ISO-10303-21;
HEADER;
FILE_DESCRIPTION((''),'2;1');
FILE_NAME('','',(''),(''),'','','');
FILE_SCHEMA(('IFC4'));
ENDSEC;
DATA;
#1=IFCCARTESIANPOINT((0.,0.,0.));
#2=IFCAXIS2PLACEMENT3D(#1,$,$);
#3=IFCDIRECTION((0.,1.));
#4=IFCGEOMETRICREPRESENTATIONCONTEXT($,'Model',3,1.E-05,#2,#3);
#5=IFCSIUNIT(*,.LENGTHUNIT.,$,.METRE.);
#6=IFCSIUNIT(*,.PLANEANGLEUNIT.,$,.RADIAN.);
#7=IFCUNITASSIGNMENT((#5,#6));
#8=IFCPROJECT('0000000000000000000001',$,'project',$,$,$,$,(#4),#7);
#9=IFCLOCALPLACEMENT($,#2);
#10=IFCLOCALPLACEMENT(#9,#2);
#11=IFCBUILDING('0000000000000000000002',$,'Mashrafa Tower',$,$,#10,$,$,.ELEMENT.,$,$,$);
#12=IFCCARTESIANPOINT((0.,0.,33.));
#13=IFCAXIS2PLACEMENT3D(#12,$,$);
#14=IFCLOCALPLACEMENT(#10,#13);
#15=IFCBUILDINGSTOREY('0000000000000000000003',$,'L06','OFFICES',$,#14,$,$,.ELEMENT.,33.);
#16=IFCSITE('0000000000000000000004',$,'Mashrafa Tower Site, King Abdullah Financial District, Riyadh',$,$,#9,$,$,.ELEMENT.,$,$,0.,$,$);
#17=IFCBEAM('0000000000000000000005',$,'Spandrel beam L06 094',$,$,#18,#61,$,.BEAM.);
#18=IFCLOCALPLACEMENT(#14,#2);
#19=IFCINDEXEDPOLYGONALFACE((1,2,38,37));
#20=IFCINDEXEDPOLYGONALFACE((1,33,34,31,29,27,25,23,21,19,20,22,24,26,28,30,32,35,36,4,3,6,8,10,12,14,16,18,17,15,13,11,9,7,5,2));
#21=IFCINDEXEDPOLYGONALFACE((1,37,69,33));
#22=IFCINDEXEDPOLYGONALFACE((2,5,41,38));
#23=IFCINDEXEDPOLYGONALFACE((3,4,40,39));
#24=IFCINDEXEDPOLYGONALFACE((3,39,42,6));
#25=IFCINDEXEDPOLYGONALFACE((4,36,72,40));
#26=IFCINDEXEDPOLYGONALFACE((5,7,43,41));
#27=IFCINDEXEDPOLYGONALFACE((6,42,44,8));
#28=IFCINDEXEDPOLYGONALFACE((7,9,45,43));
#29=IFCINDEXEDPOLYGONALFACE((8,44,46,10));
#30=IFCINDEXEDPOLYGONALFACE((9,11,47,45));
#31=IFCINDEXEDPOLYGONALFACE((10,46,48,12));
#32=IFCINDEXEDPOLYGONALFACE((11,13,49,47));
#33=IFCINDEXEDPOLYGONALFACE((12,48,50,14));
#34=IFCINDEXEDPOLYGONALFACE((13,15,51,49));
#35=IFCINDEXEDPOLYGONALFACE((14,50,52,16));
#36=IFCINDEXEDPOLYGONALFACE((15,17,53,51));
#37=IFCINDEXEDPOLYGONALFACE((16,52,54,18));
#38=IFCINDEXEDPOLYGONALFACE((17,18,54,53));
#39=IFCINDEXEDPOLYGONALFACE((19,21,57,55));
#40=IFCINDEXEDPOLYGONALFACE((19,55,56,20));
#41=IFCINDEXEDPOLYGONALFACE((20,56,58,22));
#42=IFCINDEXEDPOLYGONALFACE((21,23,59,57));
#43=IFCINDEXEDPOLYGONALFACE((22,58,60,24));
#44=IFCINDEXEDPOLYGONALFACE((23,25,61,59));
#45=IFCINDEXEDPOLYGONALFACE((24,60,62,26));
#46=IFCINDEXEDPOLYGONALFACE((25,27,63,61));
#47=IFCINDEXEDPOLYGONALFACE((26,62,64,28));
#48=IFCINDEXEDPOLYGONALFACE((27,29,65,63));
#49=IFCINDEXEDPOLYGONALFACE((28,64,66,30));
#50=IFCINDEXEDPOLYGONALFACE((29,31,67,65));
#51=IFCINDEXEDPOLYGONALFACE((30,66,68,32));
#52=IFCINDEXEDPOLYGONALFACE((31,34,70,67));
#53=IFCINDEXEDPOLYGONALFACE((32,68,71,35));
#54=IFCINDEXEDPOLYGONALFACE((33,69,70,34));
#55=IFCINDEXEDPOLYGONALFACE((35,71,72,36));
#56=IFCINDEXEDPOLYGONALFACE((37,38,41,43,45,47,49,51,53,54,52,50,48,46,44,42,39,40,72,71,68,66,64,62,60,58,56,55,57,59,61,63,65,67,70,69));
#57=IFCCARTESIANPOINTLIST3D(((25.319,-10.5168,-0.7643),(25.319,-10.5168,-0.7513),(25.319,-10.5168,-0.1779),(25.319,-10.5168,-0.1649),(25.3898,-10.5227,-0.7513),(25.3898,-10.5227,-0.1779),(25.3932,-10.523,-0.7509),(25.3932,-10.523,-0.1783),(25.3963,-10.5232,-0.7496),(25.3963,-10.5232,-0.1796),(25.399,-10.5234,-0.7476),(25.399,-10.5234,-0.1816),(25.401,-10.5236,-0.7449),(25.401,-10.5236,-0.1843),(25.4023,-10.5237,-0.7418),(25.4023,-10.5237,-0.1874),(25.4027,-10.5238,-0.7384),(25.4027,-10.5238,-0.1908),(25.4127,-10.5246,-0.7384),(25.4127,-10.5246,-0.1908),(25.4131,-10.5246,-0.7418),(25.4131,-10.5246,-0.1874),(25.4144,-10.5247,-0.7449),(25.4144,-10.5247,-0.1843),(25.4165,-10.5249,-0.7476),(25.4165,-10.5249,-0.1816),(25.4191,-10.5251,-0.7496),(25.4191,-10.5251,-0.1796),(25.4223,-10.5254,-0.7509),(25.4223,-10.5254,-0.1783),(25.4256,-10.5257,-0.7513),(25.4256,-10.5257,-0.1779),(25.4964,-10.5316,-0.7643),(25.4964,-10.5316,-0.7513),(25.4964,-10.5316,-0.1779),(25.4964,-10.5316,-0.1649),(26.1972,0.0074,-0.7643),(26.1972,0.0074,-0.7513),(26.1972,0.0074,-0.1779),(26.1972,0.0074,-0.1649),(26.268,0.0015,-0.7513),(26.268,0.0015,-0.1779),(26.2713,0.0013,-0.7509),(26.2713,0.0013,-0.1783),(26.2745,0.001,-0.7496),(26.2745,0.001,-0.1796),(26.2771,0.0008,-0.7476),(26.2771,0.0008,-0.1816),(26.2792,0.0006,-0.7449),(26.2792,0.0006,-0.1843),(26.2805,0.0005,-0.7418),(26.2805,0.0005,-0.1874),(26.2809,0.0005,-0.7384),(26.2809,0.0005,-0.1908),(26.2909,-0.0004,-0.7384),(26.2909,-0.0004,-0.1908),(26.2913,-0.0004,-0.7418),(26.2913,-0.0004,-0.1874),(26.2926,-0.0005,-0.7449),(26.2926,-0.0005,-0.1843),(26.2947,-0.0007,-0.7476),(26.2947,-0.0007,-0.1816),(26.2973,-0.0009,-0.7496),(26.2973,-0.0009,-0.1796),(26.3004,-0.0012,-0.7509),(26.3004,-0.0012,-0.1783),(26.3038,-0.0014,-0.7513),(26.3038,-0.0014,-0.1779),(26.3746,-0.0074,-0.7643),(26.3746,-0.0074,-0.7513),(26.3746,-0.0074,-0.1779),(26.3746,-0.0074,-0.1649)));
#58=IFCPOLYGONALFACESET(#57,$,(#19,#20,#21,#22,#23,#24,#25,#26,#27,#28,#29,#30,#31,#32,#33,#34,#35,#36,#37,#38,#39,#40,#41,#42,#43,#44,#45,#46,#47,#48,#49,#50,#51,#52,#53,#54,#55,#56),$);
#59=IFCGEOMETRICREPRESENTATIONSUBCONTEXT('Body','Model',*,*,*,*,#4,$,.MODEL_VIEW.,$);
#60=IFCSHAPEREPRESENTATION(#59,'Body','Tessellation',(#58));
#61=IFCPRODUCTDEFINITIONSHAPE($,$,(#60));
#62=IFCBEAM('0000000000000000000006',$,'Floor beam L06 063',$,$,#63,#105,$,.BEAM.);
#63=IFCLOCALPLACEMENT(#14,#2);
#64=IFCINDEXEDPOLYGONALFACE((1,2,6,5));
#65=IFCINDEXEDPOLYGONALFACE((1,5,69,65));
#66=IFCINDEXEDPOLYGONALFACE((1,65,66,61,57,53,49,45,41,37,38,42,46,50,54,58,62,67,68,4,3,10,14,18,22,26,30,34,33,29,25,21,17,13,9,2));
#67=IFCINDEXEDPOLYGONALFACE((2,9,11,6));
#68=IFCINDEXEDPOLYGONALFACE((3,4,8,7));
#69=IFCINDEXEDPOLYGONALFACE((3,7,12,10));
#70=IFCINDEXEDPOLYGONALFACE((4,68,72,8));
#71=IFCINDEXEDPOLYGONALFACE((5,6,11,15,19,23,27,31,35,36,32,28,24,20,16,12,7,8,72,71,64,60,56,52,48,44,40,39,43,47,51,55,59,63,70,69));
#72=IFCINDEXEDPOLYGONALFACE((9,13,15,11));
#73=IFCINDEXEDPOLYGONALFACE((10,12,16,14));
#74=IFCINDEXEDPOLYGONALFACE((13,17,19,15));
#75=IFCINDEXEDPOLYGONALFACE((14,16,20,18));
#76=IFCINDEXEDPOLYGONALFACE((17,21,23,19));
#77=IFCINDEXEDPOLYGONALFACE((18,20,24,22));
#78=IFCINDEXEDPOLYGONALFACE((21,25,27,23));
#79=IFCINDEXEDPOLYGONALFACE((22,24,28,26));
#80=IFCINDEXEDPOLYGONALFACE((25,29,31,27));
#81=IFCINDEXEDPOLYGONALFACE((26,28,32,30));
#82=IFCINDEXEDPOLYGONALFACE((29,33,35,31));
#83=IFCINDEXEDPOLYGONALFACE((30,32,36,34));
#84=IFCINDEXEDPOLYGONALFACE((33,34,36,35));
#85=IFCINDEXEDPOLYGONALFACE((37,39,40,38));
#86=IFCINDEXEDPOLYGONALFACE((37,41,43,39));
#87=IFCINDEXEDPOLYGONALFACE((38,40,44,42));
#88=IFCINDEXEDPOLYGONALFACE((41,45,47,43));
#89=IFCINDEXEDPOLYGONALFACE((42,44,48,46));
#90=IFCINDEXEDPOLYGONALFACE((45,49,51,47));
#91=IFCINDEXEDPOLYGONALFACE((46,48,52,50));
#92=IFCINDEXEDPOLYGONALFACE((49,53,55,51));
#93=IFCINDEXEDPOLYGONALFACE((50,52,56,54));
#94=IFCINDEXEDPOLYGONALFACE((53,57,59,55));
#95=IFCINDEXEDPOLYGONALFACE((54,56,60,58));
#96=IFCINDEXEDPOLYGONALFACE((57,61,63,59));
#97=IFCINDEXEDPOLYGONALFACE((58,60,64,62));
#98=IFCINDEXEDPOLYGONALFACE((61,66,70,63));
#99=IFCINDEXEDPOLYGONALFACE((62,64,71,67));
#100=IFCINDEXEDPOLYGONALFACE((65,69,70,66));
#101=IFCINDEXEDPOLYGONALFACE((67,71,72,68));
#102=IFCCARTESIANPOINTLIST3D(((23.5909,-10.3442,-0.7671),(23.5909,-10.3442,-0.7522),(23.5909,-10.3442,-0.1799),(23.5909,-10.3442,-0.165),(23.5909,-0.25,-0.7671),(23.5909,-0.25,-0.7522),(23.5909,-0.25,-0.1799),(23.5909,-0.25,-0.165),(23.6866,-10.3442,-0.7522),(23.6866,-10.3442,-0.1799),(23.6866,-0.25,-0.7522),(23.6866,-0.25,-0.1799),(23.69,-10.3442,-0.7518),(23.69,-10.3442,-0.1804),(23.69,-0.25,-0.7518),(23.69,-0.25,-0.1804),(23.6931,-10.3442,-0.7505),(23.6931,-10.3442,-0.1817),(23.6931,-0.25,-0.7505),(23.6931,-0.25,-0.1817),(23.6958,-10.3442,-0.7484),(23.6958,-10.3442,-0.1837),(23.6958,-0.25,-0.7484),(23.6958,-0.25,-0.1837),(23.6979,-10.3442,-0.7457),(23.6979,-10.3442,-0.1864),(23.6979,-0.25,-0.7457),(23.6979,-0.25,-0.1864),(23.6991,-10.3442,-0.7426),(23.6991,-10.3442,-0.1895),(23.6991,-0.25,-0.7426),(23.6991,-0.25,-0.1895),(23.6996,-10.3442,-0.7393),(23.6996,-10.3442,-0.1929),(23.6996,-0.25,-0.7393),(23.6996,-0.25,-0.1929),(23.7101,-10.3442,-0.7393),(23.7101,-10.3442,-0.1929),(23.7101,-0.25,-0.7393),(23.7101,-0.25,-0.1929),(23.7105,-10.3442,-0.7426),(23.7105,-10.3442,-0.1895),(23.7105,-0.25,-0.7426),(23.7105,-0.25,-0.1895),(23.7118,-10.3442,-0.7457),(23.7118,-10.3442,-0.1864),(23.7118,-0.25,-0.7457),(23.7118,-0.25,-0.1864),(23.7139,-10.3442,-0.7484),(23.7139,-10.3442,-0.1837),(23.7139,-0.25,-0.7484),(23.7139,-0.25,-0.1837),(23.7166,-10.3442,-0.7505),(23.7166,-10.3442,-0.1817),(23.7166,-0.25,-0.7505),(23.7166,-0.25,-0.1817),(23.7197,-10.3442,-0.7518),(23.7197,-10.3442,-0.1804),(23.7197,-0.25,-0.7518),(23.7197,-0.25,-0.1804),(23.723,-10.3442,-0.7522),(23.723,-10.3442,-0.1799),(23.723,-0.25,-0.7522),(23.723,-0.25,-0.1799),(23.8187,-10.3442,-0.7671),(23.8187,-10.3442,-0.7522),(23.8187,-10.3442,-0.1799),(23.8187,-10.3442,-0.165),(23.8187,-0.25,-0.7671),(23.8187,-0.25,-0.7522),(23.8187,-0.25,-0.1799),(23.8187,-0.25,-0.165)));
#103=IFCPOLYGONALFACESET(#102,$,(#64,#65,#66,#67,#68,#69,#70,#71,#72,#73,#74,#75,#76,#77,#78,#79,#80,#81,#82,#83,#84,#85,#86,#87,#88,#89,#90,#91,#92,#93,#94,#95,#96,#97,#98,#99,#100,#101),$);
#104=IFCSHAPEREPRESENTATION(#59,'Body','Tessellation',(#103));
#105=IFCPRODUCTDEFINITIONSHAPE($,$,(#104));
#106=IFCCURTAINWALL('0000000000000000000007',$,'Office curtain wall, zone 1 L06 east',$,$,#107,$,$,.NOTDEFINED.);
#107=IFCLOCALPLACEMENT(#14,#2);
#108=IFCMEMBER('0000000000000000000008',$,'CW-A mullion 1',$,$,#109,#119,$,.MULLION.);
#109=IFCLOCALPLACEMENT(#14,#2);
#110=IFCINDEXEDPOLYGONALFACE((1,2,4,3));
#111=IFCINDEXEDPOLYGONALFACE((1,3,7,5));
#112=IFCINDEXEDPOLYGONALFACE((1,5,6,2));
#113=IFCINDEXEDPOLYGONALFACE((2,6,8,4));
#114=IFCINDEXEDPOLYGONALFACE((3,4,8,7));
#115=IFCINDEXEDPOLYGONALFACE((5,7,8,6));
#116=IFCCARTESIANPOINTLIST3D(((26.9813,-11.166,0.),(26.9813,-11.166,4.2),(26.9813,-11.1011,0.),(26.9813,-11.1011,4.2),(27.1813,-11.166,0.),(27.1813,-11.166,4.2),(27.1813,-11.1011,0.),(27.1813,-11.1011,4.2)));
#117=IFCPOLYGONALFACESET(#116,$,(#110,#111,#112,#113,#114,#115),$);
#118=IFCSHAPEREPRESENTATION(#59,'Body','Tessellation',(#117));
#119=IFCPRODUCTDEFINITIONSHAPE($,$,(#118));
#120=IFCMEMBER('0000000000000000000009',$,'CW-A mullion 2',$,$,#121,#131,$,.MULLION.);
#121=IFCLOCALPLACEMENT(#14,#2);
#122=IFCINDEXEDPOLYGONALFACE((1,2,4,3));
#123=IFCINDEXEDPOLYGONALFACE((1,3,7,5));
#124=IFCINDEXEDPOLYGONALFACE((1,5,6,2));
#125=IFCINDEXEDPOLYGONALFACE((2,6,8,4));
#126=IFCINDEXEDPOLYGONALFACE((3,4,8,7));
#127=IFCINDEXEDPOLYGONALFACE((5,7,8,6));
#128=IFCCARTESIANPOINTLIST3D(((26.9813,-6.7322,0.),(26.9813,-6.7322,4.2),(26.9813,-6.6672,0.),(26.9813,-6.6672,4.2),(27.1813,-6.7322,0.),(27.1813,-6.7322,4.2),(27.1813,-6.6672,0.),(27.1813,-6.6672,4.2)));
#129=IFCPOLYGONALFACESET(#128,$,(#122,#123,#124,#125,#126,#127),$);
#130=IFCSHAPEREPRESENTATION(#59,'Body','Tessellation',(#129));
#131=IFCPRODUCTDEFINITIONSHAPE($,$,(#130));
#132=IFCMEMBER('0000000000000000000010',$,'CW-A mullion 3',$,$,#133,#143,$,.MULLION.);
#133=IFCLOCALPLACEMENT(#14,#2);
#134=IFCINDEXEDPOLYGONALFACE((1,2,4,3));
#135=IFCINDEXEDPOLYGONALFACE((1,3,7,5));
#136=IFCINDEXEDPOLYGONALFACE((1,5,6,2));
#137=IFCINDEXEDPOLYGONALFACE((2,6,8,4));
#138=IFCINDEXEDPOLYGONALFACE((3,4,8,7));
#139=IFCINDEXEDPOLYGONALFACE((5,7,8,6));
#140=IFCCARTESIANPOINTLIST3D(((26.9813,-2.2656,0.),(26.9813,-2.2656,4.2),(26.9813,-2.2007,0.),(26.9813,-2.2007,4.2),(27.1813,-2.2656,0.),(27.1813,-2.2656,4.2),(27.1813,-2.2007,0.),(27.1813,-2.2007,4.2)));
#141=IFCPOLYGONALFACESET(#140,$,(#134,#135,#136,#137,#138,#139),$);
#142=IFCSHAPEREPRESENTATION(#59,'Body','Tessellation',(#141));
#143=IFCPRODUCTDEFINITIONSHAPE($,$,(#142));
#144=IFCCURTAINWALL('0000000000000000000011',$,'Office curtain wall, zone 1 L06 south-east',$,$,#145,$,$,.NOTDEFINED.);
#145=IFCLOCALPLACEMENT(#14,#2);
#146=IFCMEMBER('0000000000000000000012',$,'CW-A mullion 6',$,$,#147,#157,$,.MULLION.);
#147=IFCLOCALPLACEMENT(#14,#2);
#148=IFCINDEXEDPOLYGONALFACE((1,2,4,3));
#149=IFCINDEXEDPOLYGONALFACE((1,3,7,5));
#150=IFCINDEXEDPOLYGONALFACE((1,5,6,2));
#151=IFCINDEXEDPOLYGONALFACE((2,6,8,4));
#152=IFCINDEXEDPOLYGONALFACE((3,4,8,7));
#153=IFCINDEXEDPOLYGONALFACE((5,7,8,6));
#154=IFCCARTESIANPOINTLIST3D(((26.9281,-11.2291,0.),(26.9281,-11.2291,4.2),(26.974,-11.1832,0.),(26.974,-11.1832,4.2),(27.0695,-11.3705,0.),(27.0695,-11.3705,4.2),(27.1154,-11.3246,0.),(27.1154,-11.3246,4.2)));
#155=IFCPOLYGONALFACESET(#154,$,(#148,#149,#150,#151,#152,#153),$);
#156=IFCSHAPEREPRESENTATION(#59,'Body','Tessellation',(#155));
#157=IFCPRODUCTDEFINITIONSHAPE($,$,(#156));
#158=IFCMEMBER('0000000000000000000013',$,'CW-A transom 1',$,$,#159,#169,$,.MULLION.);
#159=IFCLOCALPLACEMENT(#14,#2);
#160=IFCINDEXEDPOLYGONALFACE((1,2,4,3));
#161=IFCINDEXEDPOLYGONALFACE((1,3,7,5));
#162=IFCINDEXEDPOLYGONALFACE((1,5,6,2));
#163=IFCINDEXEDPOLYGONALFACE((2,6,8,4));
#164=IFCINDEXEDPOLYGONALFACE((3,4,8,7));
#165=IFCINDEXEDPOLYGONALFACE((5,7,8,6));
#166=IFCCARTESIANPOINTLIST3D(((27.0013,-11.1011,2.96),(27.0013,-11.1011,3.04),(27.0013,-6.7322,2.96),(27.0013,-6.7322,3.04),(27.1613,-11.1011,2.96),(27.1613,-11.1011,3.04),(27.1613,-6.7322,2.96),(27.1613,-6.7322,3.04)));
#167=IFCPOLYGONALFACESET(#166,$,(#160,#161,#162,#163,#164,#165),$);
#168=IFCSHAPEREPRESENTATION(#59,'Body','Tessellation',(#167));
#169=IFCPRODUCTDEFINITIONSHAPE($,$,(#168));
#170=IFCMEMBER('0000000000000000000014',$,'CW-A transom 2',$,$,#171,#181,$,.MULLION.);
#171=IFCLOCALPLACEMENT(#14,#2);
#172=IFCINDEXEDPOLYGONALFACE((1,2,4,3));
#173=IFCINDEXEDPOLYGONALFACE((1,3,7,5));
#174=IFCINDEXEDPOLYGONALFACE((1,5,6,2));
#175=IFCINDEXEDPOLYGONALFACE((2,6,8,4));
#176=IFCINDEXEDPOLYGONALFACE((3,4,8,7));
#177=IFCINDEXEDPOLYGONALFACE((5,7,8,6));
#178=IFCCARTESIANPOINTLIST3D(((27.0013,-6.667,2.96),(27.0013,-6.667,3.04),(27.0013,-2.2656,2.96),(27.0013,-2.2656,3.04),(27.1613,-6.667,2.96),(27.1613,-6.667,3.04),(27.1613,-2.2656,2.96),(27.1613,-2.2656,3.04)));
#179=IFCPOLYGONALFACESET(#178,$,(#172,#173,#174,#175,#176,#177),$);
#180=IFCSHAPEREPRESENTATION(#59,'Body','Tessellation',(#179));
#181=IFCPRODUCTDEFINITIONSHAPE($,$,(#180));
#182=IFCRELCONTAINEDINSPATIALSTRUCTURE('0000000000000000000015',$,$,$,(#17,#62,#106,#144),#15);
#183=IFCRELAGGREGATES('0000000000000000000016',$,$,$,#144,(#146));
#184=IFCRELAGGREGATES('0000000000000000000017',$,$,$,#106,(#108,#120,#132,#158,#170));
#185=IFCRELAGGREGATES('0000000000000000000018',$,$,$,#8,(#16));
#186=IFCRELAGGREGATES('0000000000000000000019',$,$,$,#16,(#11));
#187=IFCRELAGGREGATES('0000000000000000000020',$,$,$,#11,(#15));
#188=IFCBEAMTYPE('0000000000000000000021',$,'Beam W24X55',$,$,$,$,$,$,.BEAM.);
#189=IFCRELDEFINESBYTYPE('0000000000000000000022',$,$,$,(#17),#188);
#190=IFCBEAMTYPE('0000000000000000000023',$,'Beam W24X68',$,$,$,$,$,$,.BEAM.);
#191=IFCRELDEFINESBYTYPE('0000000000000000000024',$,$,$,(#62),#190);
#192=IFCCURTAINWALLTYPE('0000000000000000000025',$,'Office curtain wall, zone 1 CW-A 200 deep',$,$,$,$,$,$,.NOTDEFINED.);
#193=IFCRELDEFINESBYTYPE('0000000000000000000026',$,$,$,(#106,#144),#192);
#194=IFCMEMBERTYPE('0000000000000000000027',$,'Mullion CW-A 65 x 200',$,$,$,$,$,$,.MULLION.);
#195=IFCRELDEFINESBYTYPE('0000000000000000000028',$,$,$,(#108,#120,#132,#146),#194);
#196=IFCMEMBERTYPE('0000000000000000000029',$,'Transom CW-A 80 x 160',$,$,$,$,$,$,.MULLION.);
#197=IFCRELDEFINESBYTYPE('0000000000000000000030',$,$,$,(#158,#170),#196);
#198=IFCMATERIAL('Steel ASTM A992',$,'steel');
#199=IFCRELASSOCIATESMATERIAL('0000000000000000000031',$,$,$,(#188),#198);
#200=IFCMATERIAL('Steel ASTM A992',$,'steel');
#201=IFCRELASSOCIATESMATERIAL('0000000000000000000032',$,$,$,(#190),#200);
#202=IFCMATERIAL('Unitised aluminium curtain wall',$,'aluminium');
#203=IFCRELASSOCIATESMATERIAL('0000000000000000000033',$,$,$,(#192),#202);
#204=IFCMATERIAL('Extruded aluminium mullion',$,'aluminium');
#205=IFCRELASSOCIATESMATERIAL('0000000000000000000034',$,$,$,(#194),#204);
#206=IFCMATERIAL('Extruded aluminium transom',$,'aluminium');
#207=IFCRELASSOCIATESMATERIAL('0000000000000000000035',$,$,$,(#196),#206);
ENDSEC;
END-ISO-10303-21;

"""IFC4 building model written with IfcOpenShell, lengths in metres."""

from ifc_helpers import new_model, si_unit, direction, frame, origin, origin_2d, place, context, subcontext, project, spatial, rectangle, i_section, extrude, source, transform, mapped, material, material_profile, profile_set, type_object, type_shapes, element, aggregate, save


model = new_model("IFC4")

# Units and contexts
model_context = context("Model", 3, precision=1e-05, world=origin(), true_north=direction((0.0, 1.0)))
body_context = subcontext(model_context, "Body", "Model", "MODEL_VIEW")
ifc_project = project(units=[si_unit("LENGTHUNIT", "METRE"), si_unit("PLANEANGLEUNIT", "RADIAN")], contexts=[model_context])

# Site, building, storey
site_placement = place(None, origin())
site = spatial("IfcSite", under=ifc_project, at=site_placement, Name="Mashrafa Tower Site, King Abdullah Financial District, Riyadh", CompositionType="ELEMENT", RefElevation=0.0)
building_placement = place(site_placement, origin())
building = spatial("IfcBuilding", under=site, at=building_placement, Name="Mashrafa Tower", CompositionType="ELEMENT")
storey_placement = place(building_placement, frame((0.0, 0.0, 33.0)))
storey = spatial("IfcBuildingStorey", under=building, at=storey_placement, Name="L06", Description="OFFICES", CompositionType="ELEMENT", Elevation=33.0)

# Beams
ifc_material_1 = material(Name="Steel ASTM A992", Category="steel")
ifc_material_profile_1 = material_profile(ifc_material_1, i_section(OverallWidth=0.178, OverallDepth=0.5994, WebThickness=0.01, FlangeThickness=0.0129, FilletRadius=0.0129, at=origin_2d()), Name="W24X55")
ifc_profile_set_1 = profile_set([ifc_material_profile_1], Name="Steel ASTM A992")
beam_type_1 = type_object("IfcBeamType", Name="Beam W24X55", PredefinedType="BEAM", material=ifc_profile_set_1)
beam_1_placement = place(storey_placement, frame((25.4077, -10.5242, -0.4646), z_axis=(0.083155, 0.996537, 0.0), x_axis=(-0.996537, 0.083155, 0.0)))
element("IfcBeam", 1, at=beam_1_placement, inside=storey, type_object=beam_type_1, Name="Spandrel beam L06 094", PredefinedType="BEAM", context=body_context, shape_type="SweptSolid", body=[
    extrude(i_section(OverallWidth=0.178, OverallDepth=0.5994, WebThickness=0.01, FlangeThickness=0.0129, FilletRadius=0.0129, at=origin_2d()), origin(), (0.0, 0.0, 1.0), 10.5608),
])
ifc_material_2 = material(Name="Steel ASTM A992", Category="steel")
ifc_material_profile_2 = material_profile(ifc_material_2, i_section(OverallWidth=0.2278, OverallDepth=0.6021, WebThickness=0.0105, FlangeThickness=0.0149, FilletRadius=0.0129, at=origin_2d()), Name="W24X68")
ifc_profile_set_2 = profile_set([ifc_material_profile_2], Name="Steel ASTM A992")
beam_type_2 = type_object("IfcBeamType", Name="Beam W24X68", PredefinedType="BEAM", material=ifc_profile_set_2)
beam_2_placement = place(storey_placement, frame((23.7048, -0.25, -0.4661), z_axis=(0.0, -1.0, 0.0), x_axis=(1.0, 0.0, 0.0)))
element("IfcBeam", 2, at=beam_2_placement, inside=storey, type_object=beam_type_2, Name="Floor beam L06 063", PredefinedType="BEAM", context=body_context, shape_type="SweptSolid", body=[
    extrude(i_section(OverallWidth=0.2278, OverallDepth=0.6021, WebThickness=0.0105, FlangeThickness=0.0149, FilletRadius=0.0129, at=origin_2d()), origin(), (0.0, 0.0, 1.0), 10.0942),
])

# Curtain wall, members
ifc_material_3 = material(Name="Unitised aluminium curtain wall", Category="aluminium")
curtain_wall_type = type_object("IfcCurtainWallType", Name="Office curtain wall, zone 1 CW-A 200 deep", PredefinedType="NOTDEFINED", material=ifc_material_3)
curtain_wall_1_placement = place(storey_placement, origin())
curtain_wall_1 = element("IfcCurtainWall", 3, at=curtain_wall_1_placement, inside=storey, type_object=curtain_wall_type, Name="Office curtain wall, zone 1 L06 east", PredefinedType="NOTDEFINED")
ifc_material_4 = material(Name="Extruded aluminium mullion", Category="aluminium")
ifc_material_profile_3 = material_profile(ifc_material_4, rectangle(XDim=0.2, YDim=0.0649, at=origin_2d()), Name="Mullion 65x200")
ifc_profile_set_3 = profile_set([ifc_material_profile_3], Name="Extruded aluminium mullion")
member_type_1 = type_object("IfcMemberType", Name="Mullion CW-A 65 x 200", PredefinedType="MULLION", material=ifc_profile_set_3)
shared_shape_1 = source(origin(), body_context, "Body", "SweptSolid", [
    extrude(rectangle(XDim=0.2, YDim=0.0649, at=origin_2d()), origin(), (0.0, 0.0, 1.0), 4.2),
])
type_shapes(member_type_1, [shared_shape_1])
member_1_placement = place(storey_placement, frame((27.0813, -11.1335, 0.0), z_axis=(0.0, 0.0, 1.0), x_axis=(-1.0, 0.0, 0.0)))
member_1 = element("IfcMember", 4, at=member_1_placement, type_object=member_type_1, Name="CW-A mullion 1", PredefinedType="MULLION", context=body_context, shape_type="MappedRepresentation", body=[
    mapped(shared_shape_1, transform((0.0, 0.0, 0.0))),
])
member_2_placement = place(storey_placement, frame((27.0813, -6.6997, 0.0), z_axis=(0.0, 0.0, 1.0), x_axis=(-1.0, 0.0, 0.0)))
member_2 = element("IfcMember", 5, at=member_2_placement, type_object=member_type_1, Name="CW-A mullion 2", PredefinedType="MULLION", context=body_context, shape_type="MappedRepresentation", body=[
    mapped(shared_shape_1, transform((0.0, 0.0, 0.0))),
])
member_3_placement = place(storey_placement, frame((27.0813, -2.2332, 0.0), z_axis=(0.0, 0.0, 1.0), x_axis=(-1.0, 0.0, 0.0)))
member_3 = element("IfcMember", 6, at=member_3_placement, type_object=member_type_1, Name="CW-A mullion 3", PredefinedType="MULLION", context=body_context, shape_type="MappedRepresentation", body=[
    mapped(shared_shape_1, transform((0.0, 0.0, 0.0))),
])

# Curtain wall, member
curtain_wall_2_placement = place(storey_placement, origin())
curtain_wall_2 = element("IfcCurtainWall", 7, at=curtain_wall_2_placement, inside=storey, type_object=curtain_wall_type, Name="Office curtain wall, zone 1 L06 south-east", PredefinedType="NOTDEFINED")
member_4_placement = place(storey_placement, frame((27.0217, -11.2769, 0.0), z_axis=(0.0, 0.0, 1.0), x_axis=(-0.707107, 0.707107, 0.0)))
member_4 = element("IfcMember", 8, at=member_4_placement, type_object=member_type_1, Name="CW-A mullion 6", PredefinedType="MULLION", context=body_context, shape_type="MappedRepresentation", body=[
    mapped(shared_shape_1, transform((0.0, 0.0, 0.0))),
])

# Members
ifc_material_5 = material(Name="Extruded aluminium transom", Category="aluminium")
ifc_material_profile_4 = material_profile(ifc_material_5, rectangle(XDim=0.1599, YDim=0.0801, at=origin_2d()), Name="Transom 80x160")
ifc_profile_set_4 = profile_set([ifc_material_profile_4], Name="Extruded aluminium transom")
member_type_2 = type_object("IfcMemberType", Name="Transom CW-A 80 x 160", PredefinedType="MULLION", material=ifc_profile_set_4)
shared_shape_2 = source(origin(), body_context, "Body", "SweptSolid", [
    extrude(rectangle(XDim=0.1599, YDim=0.0801, at=origin_2d()), origin(), (0.0, 0.0, 1.0), 4.3689),
])
member_5_placement = place(storey_placement, frame((27.0813, -11.1011, 3.0), z_axis=(0.0, 1.0, 0.0), x_axis=(-1.0, 0.0, 0.0)))
member_5 = element("IfcMember", 9, at=member_5_placement, type_object=member_type_2, Name="CW-A transom 1", PredefinedType="MULLION", context=body_context, shape_type="MappedRepresentation", body=[
    mapped(shared_shape_2, transform((0.0, 0.0, 0.0))),
])
shared_shape_3 = source(origin(), body_context, "Body", "SweptSolid", [
    extrude(rectangle(XDim=0.1599, YDim=0.0801, at=origin_2d()), origin(), (0.0, 0.0, 1.0), 4.4014),
])
type_shapes(member_type_2, [shared_shape_2, shared_shape_3])
member_6_placement = place(storey_placement, frame((27.0813, -6.667, 3.0), z_axis=(0.0, 1.0, 0.0), x_axis=(-1.0, 0.0, 0.0)))
member_6 = element("IfcMember", 10, at=member_6_placement, type_object=member_type_2, Name="CW-A transom 2", PredefinedType="MULLION", context=body_context, shape_type="MappedRepresentation", body=[
    mapped(shared_shape_3, transform((0.0, 0.0, 0.0))),
])

aggregate(curtain_wall_2, [member_4])
aggregate(curtain_wall_1, [member_1, member_2, member_3, member_5, member_6])

save(model, "model.ifc")
